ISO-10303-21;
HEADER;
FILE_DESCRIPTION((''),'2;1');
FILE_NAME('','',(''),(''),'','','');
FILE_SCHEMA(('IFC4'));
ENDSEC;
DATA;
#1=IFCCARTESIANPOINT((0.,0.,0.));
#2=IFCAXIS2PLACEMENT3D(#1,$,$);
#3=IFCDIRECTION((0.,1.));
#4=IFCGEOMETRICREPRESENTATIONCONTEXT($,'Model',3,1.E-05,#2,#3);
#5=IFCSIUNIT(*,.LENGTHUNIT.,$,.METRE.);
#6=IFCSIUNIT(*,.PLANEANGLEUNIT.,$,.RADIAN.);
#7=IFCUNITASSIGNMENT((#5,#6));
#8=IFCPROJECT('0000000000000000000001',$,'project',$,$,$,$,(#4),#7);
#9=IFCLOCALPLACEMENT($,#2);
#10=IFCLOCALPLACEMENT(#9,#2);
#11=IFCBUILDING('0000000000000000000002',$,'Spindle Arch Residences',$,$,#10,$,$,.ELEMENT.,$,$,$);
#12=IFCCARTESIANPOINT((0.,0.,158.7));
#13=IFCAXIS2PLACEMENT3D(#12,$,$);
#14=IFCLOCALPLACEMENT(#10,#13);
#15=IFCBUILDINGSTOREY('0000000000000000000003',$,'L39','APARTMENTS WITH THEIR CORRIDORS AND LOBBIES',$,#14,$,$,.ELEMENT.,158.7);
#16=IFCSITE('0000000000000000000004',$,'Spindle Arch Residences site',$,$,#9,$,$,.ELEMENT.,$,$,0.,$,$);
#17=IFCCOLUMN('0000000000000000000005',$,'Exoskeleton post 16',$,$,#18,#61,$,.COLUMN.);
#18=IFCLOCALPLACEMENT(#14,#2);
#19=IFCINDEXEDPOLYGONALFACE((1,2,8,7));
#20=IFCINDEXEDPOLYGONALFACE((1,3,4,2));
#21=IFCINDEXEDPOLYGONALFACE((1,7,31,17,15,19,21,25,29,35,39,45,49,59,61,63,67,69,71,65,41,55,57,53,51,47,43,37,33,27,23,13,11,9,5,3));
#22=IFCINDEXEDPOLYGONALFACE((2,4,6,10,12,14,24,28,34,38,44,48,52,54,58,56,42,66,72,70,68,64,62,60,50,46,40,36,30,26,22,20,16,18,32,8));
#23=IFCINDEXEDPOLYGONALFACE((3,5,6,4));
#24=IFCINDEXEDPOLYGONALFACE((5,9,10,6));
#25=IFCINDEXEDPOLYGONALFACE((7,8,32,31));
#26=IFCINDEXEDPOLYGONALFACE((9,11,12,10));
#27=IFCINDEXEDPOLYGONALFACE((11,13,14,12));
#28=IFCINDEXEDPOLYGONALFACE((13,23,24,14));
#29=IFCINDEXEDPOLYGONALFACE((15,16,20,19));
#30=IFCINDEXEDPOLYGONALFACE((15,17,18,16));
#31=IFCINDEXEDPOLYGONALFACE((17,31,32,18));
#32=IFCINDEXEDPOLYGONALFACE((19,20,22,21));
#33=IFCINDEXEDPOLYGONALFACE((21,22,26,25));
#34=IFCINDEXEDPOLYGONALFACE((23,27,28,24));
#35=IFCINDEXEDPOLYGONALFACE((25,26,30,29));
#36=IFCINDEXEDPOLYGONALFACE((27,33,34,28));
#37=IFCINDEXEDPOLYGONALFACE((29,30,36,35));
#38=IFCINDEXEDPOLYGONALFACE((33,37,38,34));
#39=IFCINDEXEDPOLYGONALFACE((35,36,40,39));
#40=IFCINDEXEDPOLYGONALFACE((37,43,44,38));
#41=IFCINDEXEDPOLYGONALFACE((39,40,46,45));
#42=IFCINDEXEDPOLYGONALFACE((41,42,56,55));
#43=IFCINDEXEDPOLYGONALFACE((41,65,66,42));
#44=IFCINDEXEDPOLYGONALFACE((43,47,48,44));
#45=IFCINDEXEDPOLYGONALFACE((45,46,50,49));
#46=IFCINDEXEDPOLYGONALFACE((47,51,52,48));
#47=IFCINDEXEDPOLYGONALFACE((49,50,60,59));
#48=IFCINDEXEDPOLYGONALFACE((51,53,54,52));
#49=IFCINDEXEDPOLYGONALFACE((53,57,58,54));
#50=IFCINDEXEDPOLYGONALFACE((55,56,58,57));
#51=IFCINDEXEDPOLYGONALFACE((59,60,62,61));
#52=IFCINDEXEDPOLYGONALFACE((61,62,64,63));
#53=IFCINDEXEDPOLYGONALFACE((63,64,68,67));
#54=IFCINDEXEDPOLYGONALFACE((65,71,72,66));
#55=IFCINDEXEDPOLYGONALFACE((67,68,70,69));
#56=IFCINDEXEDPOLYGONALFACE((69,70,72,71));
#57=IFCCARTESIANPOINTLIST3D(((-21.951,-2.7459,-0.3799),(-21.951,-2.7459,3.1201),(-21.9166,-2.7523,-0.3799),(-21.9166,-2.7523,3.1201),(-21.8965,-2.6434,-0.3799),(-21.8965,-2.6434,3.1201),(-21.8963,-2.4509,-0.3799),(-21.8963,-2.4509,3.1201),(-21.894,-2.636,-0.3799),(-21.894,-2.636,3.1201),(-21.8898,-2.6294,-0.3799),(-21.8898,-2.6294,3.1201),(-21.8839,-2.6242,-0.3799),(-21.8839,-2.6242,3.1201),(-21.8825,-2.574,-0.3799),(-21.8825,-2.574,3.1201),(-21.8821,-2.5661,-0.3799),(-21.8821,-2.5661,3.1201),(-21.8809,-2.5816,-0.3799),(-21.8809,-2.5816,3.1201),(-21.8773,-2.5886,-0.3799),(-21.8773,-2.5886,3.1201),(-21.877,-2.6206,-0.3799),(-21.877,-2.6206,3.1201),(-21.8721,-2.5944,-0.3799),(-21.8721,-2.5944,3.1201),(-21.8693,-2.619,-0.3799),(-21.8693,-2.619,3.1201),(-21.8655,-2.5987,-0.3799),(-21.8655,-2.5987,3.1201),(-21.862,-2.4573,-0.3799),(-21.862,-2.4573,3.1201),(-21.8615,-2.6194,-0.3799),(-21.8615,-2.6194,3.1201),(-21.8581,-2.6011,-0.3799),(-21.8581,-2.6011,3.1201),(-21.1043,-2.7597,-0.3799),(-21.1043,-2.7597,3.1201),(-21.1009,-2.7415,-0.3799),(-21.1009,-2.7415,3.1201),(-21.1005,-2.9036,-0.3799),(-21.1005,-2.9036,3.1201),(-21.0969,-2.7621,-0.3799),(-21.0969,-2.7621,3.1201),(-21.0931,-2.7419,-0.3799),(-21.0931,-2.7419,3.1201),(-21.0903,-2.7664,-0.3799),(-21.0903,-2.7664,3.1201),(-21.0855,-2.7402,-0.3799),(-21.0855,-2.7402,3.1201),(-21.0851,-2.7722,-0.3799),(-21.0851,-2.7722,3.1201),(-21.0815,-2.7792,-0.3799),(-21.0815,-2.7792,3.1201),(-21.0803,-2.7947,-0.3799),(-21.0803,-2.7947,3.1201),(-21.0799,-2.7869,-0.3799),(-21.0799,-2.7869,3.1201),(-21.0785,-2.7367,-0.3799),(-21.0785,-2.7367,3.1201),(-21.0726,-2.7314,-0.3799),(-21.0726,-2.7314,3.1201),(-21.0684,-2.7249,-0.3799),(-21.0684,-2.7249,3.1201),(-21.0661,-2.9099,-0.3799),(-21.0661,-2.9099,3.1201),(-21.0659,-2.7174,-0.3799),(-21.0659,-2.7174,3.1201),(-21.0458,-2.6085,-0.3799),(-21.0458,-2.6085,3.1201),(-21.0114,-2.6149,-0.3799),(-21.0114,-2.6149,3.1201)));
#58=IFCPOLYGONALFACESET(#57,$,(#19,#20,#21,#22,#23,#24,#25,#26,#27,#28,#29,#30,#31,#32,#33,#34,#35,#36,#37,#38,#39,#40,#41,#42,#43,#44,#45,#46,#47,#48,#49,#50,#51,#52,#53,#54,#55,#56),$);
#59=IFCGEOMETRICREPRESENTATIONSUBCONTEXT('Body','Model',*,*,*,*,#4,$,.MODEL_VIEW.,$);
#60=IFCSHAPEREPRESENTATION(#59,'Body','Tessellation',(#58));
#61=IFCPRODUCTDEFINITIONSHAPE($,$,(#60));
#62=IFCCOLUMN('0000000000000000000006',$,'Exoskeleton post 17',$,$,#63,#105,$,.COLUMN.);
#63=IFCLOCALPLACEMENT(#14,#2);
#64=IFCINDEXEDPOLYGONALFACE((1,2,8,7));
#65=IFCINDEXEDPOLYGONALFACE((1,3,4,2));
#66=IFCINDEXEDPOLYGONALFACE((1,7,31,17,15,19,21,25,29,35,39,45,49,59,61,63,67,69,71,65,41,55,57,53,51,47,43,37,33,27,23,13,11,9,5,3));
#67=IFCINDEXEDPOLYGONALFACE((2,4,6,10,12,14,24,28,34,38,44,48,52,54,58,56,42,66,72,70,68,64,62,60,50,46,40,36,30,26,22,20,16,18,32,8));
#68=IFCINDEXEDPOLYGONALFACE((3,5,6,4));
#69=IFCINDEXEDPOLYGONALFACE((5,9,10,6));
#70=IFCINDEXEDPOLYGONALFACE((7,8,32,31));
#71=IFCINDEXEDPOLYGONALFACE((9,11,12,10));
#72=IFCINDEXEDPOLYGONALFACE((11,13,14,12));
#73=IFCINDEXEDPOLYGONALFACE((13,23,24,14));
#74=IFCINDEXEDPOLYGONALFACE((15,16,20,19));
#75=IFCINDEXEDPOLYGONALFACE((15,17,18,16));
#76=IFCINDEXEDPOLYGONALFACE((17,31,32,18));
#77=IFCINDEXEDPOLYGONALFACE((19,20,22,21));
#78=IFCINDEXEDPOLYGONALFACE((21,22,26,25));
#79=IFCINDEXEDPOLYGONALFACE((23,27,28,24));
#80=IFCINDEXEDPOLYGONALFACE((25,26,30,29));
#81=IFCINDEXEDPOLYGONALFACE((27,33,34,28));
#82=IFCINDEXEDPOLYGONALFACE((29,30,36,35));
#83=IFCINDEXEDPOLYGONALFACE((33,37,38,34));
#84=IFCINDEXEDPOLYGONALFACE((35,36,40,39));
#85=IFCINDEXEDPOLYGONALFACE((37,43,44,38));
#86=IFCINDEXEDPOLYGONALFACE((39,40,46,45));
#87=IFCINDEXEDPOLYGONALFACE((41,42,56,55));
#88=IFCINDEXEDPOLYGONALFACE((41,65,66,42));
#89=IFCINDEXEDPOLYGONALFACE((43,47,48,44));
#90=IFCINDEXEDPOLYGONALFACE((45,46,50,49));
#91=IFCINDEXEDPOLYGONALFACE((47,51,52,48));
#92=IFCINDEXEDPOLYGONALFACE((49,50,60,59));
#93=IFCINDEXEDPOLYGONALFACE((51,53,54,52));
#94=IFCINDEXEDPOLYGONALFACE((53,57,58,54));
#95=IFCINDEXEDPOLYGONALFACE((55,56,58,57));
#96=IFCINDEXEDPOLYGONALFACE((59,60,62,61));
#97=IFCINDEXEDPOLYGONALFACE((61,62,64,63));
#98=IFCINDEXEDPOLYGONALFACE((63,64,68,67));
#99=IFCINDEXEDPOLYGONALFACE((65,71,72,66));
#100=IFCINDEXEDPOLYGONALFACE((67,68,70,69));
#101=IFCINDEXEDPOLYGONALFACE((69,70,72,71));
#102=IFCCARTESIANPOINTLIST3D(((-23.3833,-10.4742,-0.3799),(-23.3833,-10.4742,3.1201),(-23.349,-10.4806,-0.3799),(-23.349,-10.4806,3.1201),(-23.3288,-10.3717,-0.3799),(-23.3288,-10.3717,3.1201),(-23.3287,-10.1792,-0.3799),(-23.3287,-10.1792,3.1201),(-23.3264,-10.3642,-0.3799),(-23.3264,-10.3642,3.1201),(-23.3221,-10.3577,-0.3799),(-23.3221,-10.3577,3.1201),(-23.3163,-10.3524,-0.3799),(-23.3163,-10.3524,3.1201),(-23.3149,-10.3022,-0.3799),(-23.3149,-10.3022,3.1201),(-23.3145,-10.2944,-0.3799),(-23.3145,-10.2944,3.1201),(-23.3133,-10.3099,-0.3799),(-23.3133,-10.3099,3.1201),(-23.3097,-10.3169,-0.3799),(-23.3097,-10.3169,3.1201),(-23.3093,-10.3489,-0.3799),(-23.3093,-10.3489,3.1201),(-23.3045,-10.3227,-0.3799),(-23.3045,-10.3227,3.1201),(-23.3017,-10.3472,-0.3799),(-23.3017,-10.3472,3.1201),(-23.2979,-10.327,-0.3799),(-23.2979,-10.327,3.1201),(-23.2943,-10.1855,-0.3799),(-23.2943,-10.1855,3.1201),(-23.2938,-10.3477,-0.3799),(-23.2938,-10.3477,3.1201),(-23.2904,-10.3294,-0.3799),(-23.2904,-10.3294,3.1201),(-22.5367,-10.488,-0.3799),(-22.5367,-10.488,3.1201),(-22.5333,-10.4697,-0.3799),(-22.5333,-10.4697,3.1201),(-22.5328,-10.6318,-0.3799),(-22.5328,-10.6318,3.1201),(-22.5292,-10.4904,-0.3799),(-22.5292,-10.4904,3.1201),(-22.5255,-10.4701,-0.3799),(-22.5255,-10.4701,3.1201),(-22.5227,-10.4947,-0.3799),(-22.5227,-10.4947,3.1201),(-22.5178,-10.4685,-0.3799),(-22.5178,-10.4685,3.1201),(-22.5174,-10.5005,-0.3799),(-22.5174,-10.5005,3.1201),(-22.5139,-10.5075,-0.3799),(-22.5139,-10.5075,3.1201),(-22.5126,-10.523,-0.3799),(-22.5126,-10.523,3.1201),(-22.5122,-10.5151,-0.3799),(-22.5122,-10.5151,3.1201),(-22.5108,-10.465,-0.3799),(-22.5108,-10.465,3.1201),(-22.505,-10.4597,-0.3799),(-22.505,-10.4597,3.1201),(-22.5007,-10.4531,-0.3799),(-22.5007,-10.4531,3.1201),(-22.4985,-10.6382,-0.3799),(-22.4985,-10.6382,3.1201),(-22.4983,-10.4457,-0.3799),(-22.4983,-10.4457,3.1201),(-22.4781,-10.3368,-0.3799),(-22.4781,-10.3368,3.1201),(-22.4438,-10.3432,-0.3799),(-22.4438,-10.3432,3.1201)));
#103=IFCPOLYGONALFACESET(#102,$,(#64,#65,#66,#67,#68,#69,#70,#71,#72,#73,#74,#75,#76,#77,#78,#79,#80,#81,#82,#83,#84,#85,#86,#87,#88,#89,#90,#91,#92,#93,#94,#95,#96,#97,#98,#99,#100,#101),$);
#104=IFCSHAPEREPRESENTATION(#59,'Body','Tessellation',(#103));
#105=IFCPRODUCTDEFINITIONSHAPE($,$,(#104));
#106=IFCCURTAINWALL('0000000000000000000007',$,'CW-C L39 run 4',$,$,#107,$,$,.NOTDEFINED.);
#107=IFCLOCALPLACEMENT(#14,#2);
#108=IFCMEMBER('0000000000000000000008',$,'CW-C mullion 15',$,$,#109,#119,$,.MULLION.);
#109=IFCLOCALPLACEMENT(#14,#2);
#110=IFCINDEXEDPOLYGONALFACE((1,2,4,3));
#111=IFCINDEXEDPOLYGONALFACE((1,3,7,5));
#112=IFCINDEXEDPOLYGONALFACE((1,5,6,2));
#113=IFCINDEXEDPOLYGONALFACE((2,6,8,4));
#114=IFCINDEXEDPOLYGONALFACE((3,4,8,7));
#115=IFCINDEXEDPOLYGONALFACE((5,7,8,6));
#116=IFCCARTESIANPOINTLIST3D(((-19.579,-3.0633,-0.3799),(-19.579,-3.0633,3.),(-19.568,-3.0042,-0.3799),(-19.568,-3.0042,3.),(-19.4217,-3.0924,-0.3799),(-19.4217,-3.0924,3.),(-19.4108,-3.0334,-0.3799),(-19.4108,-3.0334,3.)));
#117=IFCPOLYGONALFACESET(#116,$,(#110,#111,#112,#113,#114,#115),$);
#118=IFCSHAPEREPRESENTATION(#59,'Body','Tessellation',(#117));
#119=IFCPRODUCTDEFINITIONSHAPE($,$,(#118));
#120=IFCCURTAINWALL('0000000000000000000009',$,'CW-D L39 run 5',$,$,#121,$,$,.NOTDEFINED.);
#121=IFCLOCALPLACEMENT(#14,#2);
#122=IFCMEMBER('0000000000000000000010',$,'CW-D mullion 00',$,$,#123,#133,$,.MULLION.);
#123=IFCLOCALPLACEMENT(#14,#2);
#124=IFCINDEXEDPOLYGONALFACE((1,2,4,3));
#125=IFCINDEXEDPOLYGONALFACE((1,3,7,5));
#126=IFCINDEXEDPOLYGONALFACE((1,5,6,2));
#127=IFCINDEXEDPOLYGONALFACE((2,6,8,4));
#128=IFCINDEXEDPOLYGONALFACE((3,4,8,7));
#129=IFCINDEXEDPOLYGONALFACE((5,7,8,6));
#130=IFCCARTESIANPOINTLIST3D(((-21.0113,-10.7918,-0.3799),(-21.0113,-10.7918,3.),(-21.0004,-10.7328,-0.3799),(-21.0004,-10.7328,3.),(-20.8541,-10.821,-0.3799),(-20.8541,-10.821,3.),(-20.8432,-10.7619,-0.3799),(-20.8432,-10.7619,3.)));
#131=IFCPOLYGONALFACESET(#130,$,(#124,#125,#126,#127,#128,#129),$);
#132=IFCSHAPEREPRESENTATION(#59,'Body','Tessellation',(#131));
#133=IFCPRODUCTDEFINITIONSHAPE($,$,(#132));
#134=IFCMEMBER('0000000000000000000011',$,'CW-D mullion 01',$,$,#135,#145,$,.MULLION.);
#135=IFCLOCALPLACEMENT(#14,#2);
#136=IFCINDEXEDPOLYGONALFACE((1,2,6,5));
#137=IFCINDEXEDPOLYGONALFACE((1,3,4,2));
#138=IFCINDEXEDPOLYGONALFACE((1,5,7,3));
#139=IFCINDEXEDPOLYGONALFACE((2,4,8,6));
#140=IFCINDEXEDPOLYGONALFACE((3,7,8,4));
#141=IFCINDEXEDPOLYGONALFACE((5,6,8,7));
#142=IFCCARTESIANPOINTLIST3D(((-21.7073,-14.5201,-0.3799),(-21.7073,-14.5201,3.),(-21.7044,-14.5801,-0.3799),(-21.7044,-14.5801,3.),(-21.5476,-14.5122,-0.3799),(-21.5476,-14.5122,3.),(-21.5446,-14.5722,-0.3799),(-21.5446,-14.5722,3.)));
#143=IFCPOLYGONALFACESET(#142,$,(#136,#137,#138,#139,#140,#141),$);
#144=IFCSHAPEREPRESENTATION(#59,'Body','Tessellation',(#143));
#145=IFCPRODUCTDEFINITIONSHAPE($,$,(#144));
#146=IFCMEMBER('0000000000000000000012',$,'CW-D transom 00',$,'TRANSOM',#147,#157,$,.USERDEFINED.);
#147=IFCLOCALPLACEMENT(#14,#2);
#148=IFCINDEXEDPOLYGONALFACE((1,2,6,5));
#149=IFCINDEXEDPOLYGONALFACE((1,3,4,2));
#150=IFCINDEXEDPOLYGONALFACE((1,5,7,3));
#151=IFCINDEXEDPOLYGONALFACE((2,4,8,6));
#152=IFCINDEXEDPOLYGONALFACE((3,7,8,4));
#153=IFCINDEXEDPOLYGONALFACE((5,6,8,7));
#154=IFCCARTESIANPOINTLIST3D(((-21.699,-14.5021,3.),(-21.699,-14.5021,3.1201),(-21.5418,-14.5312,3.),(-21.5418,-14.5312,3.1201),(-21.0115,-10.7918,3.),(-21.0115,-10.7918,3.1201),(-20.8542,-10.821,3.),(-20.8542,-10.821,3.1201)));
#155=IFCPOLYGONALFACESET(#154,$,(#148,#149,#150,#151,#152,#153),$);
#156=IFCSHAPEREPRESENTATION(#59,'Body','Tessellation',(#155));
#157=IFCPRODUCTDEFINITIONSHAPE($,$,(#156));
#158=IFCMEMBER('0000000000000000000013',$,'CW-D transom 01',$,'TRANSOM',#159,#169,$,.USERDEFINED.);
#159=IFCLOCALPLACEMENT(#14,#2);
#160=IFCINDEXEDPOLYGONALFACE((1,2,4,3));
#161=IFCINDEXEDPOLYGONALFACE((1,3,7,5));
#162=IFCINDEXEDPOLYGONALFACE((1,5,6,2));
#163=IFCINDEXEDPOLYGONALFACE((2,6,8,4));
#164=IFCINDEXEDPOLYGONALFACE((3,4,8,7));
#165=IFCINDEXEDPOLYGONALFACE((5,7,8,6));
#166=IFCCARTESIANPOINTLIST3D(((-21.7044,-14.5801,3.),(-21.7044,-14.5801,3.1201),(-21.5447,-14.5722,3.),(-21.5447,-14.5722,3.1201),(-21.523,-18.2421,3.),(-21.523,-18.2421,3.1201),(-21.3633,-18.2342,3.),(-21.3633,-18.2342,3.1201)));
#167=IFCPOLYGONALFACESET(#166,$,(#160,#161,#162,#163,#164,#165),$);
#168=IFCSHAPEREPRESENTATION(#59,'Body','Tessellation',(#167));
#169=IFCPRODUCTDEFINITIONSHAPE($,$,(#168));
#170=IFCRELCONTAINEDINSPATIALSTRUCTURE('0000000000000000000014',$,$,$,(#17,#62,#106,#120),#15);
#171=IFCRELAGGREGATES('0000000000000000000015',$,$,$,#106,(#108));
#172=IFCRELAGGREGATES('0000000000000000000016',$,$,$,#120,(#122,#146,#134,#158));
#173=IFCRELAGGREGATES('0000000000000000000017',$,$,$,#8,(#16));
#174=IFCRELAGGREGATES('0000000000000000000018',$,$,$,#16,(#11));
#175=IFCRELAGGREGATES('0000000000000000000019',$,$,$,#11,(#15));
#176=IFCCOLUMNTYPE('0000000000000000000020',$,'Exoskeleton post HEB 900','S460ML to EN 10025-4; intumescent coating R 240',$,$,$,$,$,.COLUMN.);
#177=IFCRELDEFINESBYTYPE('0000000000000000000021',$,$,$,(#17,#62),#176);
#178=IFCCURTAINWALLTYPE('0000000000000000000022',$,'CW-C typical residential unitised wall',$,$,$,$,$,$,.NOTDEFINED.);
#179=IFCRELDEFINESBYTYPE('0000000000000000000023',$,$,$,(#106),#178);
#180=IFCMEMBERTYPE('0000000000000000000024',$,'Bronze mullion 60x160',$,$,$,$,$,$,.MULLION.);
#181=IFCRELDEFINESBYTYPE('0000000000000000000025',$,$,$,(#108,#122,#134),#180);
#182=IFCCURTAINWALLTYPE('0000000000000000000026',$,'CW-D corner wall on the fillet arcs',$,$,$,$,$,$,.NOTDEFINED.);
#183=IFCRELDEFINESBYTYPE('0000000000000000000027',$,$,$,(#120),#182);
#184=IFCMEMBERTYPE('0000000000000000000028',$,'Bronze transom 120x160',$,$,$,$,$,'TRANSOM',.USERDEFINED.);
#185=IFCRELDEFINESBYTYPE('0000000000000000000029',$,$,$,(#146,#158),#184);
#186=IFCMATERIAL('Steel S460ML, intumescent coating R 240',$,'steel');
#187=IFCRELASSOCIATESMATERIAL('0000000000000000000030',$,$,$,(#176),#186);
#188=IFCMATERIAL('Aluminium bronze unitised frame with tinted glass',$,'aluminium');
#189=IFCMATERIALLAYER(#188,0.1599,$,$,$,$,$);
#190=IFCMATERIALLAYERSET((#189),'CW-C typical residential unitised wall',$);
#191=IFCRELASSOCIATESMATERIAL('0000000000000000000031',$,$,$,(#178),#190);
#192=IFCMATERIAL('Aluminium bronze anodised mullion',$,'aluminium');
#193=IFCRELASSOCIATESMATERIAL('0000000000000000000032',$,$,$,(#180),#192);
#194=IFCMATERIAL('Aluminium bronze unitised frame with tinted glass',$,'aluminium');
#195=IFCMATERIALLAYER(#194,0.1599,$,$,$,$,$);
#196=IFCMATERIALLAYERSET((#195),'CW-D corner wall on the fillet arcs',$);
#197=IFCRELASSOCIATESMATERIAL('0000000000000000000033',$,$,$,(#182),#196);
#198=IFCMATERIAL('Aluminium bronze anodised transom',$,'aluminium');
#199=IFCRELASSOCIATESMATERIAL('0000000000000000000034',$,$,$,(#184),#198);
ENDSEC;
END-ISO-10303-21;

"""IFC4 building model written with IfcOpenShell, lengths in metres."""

from ifc_helpers import new_model, si_unit, direction, frame, origin, origin_2d, place, context, subcontext, project, spatial, rectangle, i_section, extrude, material, layer, layer_set, material_profile, profile_set, type_object, element, aggregate, save


model = new_model("IFC4")

# Units and contexts
model_context = context("Model", 3, precision=1e-05, world=origin(), true_north=direction((0.0, 1.0)))
body_context = subcontext(model_context, "Body", "Model", "MODEL_VIEW")
ifc_project = project(units=[si_unit("LENGTHUNIT", "METRE"), si_unit("PLANEANGLEUNIT", "RADIAN")], contexts=[model_context])

# Site, building, storey
site_placement = place(None, origin())
site = spatial("IfcSite", under=ifc_project, at=site_placement, Name="Spindle Arch Residences site", CompositionType="ELEMENT", RefElevation=0.0)
building_placement = place(site_placement, origin())
building = spatial("IfcBuilding", under=site, at=building_placement, Name="Spindle Arch Residences", CompositionType="ELEMENT")
storey_placement = place(building_placement, frame((0.0, 0.0, 158.7)))
storey = spatial("IfcBuildingStorey", under=building, at=storey_placement, Name="L39", Description="APARTMENTS WITH THEIR CORRIDORS AND LOBBIES", CompositionType="ELEMENT", Elevation=158.7)

# Columns
ifc_material_1 = material(Name="Steel S460ML, intumescent coating R 240", Category="steel")
ifc_material_profile_1 = material_profile(ifc_material_1, i_section(OverallWidth=0.3, OverallDepth=0.8999, WebThickness=0.0186, FlangeThickness=0.0349, FilletRadius=0.03, at=origin_2d()), Name="HEB 900")
ifc_profile_set_1 = profile_set([ifc_material_profile_1], Name="Steel S460ML, intumescent coating R 240")
column_type = type_object("IfcColumnType", Name="Exoskeleton post HEB 900", Description="S460ML to EN 10025-4; intumescent coating R 240", PredefinedType="COLUMN", material=ifc_profile_set_1)
for number, where, z_axis, x_axis, name in (
    (1, (-21.4812, -2.6804, -0.3799), (0.0, 0.0, 1.0), (0.182236, 0.983255, 0.0), "Exoskeleton post 16"),
    (2, (-22.9136, -10.4087, -0.3799), (0.0, 0.0, 1.0), (0.182236, 0.983255, 0.0), "Exoskeleton post 17"),
):
    element("IfcColumn", number, at=place(storey_placement, frame(where, z_axis=z_axis, x_axis=x_axis)), inside=storey, type_object=column_type, Name=name, PredefinedType="COLUMN", context=body_context, shape_type="SweptSolid", body=[
        extrude(i_section(OverallWidth=0.3, OverallDepth=0.8999, WebThickness=0.0186, FlangeThickness=0.0349, FilletRadius=0.03, at=origin_2d()), origin(), (0.0, 0.0, 1.0), 3.5),
    ])

# Curtain wall, member
ifc_material_2 = material(Name="Aluminium bronze unitised frame with tinted glass", Category="aluminium")
ifc_layer_1 = layer(ifc_material_2, 0.1599)
ifc_layer_set_1 = layer_set([ifc_layer_1], Name="CW-C typical residential unitised wall")
curtain_wall_type_1 = type_object("IfcCurtainWallType", Name="CW-C typical residential unitised wall", PredefinedType="NOTDEFINED", material=ifc_layer_set_1)
curtain_wall_1_placement = place(storey_placement, origin())
curtain_wall_1 = element("IfcCurtainWall", 3, at=curtain_wall_1_placement, inside=storey, type_object=curtain_wall_type_1, Name="CW-C L39 run 4", PredefinedType="NOTDEFINED")
ifc_material_3 = material(Name="Aluminium bronze anodised mullion", Category="aluminium")
ifc_material_profile_2 = material_profile(ifc_material_3, rectangle(XDim=0.1599, YDim=0.0601, at=origin_2d()), Name="MU 60x160")
ifc_profile_set_2 = profile_set([ifc_material_profile_2], Name="Aluminium bronze anodised mullion")
member_type_1 = type_object("IfcMemberType", Name="Bronze mullion 60x160", PredefinedType="MULLION", material=ifc_profile_set_2)
member_1_placement = place(storey_placement, frame((-19.4949, -3.0483, -0.3799), z_axis=(0.0, 0.0, 1.0), x_axis=(0.983255, -0.182236, 0.0)))
member_1 = element("IfcMember", 4, at=member_1_placement, type_object=member_type_1, Name="CW-C mullion 15", PredefinedType="MULLION", context=body_context, shape_type="SweptSolid", body=[
    extrude(rectangle(XDim=0.1599, YDim=0.0601, at=origin_2d()), origin(), (0.0, 0.0, 1.0), 3.3799),
])

# Curtain wall, members
ifc_material_4 = material(Name="Aluminium bronze unitised frame with tinted glass", Category="aluminium")
ifc_layer_2 = layer(ifc_material_4, 0.1599)
ifc_layer_set_2 = layer_set([ifc_layer_2], Name="CW-D corner wall on the fillet arcs")
curtain_wall_type_2 = type_object("IfcCurtainWallType", Name="CW-D corner wall on the fillet arcs", PredefinedType="NOTDEFINED", material=ifc_layer_set_2)
curtain_wall_2_placement = place(storey_placement, origin())
curtain_wall_2 = element("IfcCurtainWall", 5, at=curtain_wall_2_placement, inside=storey, type_object=curtain_wall_type_2, Name="CW-D L39 run 5", PredefinedType="NOTDEFINED")
member_2_placement = place(storey_placement, frame((-20.9272, -10.7769, -0.3799), z_axis=(0.0, 0.0, 1.0), x_axis=(0.983255, -0.182236, 0.0)))
member_2 = element("IfcMember", 6, at=member_2_placement, type_object=member_type_1, Name="CW-D mullion 00", PredefinedType="MULLION", context=body_context, shape_type="SweptSolid", body=[
    extrude(rectangle(XDim=0.1599, YDim=0.0601, at=origin_2d()), origin(), (0.0, 0.0, 1.0), 3.3799),
])
member_3_placement = place(storey_placement, frame((-21.626, -14.5461, -0.3799), z_axis=(0.0, 0.0, 1.0), x_axis=(0.998778, 0.049431, 0.0)))
member_3 = element("IfcMember", 7, at=member_3_placement, type_object=member_type_1, Name="CW-D mullion 01", PredefinedType="MULLION", context=body_context, shape_type="SweptSolid", body=[
    extrude(rectangle(XDim=0.1599, YDim=0.0601, at=origin_2d()), origin(), (0.0, 0.0, 1.0), 3.3799),
])
ifc_material_5 = material(Name="Aluminium bronze anodised transom", Category="aluminium")
ifc_material_profile_3 = material_profile(ifc_material_5, rectangle(XDim=0.1599, YDim=0.1201, at=origin_2d()), Name="TR 120x160")
ifc_profile_set_3 = profile_set([ifc_material_profile_3], Name="Aluminium bronze anodised transom")
member_type_2 = type_object("IfcMemberType", Name="Bronze transom 120x160", ElementType="TRANSOM", PredefinedType="USERDEFINED", material=ifc_profile_set_3)
member_4_placement = place(storey_placement, frame((-20.9329, -10.8064, 3.0601), z_axis=(-0.182198, -0.983262, 0.0), x_axis=(0.983262, -0.182198, 0.0)))
member_4 = element("IfcMember", 8, at=member_4_placement, type_object=member_type_2, Name="CW-D transom 00", ObjectType="TRANSOM", PredefinedType="USERDEFINED", context=body_context, shape_type="SweptSolid", body=[
    extrude(rectangle(XDim=0.1599, YDim=0.1201, at=origin_2d()), origin(), (0.0, 0.0, 1.0), 3.7734),
])
member_5_placement = place(storey_placement, frame((-21.6245, -14.5762, 3.0601), z_axis=(0.049473, -0.998775, 0.0), x_axis=(0.998775, 0.049473, 0.0)))
member_5 = element("IfcMember", 9, at=member_5_placement, type_object=member_type_2, Name="CW-D transom 01", ObjectType="TRANSOM", PredefinedType="USERDEFINED", context=body_context, shape_type="SweptSolid", body=[
    extrude(rectangle(XDim=0.1599, YDim=0.1201, at=origin_2d()), origin(), (0.0, 0.0, 1.0), 3.6665),
])

aggregate(curtain_wall_1, [member_1])
aggregate(curtain_wall_2, [member_2, member_4, member_3, member_5])

save(model, "model.ifc")
